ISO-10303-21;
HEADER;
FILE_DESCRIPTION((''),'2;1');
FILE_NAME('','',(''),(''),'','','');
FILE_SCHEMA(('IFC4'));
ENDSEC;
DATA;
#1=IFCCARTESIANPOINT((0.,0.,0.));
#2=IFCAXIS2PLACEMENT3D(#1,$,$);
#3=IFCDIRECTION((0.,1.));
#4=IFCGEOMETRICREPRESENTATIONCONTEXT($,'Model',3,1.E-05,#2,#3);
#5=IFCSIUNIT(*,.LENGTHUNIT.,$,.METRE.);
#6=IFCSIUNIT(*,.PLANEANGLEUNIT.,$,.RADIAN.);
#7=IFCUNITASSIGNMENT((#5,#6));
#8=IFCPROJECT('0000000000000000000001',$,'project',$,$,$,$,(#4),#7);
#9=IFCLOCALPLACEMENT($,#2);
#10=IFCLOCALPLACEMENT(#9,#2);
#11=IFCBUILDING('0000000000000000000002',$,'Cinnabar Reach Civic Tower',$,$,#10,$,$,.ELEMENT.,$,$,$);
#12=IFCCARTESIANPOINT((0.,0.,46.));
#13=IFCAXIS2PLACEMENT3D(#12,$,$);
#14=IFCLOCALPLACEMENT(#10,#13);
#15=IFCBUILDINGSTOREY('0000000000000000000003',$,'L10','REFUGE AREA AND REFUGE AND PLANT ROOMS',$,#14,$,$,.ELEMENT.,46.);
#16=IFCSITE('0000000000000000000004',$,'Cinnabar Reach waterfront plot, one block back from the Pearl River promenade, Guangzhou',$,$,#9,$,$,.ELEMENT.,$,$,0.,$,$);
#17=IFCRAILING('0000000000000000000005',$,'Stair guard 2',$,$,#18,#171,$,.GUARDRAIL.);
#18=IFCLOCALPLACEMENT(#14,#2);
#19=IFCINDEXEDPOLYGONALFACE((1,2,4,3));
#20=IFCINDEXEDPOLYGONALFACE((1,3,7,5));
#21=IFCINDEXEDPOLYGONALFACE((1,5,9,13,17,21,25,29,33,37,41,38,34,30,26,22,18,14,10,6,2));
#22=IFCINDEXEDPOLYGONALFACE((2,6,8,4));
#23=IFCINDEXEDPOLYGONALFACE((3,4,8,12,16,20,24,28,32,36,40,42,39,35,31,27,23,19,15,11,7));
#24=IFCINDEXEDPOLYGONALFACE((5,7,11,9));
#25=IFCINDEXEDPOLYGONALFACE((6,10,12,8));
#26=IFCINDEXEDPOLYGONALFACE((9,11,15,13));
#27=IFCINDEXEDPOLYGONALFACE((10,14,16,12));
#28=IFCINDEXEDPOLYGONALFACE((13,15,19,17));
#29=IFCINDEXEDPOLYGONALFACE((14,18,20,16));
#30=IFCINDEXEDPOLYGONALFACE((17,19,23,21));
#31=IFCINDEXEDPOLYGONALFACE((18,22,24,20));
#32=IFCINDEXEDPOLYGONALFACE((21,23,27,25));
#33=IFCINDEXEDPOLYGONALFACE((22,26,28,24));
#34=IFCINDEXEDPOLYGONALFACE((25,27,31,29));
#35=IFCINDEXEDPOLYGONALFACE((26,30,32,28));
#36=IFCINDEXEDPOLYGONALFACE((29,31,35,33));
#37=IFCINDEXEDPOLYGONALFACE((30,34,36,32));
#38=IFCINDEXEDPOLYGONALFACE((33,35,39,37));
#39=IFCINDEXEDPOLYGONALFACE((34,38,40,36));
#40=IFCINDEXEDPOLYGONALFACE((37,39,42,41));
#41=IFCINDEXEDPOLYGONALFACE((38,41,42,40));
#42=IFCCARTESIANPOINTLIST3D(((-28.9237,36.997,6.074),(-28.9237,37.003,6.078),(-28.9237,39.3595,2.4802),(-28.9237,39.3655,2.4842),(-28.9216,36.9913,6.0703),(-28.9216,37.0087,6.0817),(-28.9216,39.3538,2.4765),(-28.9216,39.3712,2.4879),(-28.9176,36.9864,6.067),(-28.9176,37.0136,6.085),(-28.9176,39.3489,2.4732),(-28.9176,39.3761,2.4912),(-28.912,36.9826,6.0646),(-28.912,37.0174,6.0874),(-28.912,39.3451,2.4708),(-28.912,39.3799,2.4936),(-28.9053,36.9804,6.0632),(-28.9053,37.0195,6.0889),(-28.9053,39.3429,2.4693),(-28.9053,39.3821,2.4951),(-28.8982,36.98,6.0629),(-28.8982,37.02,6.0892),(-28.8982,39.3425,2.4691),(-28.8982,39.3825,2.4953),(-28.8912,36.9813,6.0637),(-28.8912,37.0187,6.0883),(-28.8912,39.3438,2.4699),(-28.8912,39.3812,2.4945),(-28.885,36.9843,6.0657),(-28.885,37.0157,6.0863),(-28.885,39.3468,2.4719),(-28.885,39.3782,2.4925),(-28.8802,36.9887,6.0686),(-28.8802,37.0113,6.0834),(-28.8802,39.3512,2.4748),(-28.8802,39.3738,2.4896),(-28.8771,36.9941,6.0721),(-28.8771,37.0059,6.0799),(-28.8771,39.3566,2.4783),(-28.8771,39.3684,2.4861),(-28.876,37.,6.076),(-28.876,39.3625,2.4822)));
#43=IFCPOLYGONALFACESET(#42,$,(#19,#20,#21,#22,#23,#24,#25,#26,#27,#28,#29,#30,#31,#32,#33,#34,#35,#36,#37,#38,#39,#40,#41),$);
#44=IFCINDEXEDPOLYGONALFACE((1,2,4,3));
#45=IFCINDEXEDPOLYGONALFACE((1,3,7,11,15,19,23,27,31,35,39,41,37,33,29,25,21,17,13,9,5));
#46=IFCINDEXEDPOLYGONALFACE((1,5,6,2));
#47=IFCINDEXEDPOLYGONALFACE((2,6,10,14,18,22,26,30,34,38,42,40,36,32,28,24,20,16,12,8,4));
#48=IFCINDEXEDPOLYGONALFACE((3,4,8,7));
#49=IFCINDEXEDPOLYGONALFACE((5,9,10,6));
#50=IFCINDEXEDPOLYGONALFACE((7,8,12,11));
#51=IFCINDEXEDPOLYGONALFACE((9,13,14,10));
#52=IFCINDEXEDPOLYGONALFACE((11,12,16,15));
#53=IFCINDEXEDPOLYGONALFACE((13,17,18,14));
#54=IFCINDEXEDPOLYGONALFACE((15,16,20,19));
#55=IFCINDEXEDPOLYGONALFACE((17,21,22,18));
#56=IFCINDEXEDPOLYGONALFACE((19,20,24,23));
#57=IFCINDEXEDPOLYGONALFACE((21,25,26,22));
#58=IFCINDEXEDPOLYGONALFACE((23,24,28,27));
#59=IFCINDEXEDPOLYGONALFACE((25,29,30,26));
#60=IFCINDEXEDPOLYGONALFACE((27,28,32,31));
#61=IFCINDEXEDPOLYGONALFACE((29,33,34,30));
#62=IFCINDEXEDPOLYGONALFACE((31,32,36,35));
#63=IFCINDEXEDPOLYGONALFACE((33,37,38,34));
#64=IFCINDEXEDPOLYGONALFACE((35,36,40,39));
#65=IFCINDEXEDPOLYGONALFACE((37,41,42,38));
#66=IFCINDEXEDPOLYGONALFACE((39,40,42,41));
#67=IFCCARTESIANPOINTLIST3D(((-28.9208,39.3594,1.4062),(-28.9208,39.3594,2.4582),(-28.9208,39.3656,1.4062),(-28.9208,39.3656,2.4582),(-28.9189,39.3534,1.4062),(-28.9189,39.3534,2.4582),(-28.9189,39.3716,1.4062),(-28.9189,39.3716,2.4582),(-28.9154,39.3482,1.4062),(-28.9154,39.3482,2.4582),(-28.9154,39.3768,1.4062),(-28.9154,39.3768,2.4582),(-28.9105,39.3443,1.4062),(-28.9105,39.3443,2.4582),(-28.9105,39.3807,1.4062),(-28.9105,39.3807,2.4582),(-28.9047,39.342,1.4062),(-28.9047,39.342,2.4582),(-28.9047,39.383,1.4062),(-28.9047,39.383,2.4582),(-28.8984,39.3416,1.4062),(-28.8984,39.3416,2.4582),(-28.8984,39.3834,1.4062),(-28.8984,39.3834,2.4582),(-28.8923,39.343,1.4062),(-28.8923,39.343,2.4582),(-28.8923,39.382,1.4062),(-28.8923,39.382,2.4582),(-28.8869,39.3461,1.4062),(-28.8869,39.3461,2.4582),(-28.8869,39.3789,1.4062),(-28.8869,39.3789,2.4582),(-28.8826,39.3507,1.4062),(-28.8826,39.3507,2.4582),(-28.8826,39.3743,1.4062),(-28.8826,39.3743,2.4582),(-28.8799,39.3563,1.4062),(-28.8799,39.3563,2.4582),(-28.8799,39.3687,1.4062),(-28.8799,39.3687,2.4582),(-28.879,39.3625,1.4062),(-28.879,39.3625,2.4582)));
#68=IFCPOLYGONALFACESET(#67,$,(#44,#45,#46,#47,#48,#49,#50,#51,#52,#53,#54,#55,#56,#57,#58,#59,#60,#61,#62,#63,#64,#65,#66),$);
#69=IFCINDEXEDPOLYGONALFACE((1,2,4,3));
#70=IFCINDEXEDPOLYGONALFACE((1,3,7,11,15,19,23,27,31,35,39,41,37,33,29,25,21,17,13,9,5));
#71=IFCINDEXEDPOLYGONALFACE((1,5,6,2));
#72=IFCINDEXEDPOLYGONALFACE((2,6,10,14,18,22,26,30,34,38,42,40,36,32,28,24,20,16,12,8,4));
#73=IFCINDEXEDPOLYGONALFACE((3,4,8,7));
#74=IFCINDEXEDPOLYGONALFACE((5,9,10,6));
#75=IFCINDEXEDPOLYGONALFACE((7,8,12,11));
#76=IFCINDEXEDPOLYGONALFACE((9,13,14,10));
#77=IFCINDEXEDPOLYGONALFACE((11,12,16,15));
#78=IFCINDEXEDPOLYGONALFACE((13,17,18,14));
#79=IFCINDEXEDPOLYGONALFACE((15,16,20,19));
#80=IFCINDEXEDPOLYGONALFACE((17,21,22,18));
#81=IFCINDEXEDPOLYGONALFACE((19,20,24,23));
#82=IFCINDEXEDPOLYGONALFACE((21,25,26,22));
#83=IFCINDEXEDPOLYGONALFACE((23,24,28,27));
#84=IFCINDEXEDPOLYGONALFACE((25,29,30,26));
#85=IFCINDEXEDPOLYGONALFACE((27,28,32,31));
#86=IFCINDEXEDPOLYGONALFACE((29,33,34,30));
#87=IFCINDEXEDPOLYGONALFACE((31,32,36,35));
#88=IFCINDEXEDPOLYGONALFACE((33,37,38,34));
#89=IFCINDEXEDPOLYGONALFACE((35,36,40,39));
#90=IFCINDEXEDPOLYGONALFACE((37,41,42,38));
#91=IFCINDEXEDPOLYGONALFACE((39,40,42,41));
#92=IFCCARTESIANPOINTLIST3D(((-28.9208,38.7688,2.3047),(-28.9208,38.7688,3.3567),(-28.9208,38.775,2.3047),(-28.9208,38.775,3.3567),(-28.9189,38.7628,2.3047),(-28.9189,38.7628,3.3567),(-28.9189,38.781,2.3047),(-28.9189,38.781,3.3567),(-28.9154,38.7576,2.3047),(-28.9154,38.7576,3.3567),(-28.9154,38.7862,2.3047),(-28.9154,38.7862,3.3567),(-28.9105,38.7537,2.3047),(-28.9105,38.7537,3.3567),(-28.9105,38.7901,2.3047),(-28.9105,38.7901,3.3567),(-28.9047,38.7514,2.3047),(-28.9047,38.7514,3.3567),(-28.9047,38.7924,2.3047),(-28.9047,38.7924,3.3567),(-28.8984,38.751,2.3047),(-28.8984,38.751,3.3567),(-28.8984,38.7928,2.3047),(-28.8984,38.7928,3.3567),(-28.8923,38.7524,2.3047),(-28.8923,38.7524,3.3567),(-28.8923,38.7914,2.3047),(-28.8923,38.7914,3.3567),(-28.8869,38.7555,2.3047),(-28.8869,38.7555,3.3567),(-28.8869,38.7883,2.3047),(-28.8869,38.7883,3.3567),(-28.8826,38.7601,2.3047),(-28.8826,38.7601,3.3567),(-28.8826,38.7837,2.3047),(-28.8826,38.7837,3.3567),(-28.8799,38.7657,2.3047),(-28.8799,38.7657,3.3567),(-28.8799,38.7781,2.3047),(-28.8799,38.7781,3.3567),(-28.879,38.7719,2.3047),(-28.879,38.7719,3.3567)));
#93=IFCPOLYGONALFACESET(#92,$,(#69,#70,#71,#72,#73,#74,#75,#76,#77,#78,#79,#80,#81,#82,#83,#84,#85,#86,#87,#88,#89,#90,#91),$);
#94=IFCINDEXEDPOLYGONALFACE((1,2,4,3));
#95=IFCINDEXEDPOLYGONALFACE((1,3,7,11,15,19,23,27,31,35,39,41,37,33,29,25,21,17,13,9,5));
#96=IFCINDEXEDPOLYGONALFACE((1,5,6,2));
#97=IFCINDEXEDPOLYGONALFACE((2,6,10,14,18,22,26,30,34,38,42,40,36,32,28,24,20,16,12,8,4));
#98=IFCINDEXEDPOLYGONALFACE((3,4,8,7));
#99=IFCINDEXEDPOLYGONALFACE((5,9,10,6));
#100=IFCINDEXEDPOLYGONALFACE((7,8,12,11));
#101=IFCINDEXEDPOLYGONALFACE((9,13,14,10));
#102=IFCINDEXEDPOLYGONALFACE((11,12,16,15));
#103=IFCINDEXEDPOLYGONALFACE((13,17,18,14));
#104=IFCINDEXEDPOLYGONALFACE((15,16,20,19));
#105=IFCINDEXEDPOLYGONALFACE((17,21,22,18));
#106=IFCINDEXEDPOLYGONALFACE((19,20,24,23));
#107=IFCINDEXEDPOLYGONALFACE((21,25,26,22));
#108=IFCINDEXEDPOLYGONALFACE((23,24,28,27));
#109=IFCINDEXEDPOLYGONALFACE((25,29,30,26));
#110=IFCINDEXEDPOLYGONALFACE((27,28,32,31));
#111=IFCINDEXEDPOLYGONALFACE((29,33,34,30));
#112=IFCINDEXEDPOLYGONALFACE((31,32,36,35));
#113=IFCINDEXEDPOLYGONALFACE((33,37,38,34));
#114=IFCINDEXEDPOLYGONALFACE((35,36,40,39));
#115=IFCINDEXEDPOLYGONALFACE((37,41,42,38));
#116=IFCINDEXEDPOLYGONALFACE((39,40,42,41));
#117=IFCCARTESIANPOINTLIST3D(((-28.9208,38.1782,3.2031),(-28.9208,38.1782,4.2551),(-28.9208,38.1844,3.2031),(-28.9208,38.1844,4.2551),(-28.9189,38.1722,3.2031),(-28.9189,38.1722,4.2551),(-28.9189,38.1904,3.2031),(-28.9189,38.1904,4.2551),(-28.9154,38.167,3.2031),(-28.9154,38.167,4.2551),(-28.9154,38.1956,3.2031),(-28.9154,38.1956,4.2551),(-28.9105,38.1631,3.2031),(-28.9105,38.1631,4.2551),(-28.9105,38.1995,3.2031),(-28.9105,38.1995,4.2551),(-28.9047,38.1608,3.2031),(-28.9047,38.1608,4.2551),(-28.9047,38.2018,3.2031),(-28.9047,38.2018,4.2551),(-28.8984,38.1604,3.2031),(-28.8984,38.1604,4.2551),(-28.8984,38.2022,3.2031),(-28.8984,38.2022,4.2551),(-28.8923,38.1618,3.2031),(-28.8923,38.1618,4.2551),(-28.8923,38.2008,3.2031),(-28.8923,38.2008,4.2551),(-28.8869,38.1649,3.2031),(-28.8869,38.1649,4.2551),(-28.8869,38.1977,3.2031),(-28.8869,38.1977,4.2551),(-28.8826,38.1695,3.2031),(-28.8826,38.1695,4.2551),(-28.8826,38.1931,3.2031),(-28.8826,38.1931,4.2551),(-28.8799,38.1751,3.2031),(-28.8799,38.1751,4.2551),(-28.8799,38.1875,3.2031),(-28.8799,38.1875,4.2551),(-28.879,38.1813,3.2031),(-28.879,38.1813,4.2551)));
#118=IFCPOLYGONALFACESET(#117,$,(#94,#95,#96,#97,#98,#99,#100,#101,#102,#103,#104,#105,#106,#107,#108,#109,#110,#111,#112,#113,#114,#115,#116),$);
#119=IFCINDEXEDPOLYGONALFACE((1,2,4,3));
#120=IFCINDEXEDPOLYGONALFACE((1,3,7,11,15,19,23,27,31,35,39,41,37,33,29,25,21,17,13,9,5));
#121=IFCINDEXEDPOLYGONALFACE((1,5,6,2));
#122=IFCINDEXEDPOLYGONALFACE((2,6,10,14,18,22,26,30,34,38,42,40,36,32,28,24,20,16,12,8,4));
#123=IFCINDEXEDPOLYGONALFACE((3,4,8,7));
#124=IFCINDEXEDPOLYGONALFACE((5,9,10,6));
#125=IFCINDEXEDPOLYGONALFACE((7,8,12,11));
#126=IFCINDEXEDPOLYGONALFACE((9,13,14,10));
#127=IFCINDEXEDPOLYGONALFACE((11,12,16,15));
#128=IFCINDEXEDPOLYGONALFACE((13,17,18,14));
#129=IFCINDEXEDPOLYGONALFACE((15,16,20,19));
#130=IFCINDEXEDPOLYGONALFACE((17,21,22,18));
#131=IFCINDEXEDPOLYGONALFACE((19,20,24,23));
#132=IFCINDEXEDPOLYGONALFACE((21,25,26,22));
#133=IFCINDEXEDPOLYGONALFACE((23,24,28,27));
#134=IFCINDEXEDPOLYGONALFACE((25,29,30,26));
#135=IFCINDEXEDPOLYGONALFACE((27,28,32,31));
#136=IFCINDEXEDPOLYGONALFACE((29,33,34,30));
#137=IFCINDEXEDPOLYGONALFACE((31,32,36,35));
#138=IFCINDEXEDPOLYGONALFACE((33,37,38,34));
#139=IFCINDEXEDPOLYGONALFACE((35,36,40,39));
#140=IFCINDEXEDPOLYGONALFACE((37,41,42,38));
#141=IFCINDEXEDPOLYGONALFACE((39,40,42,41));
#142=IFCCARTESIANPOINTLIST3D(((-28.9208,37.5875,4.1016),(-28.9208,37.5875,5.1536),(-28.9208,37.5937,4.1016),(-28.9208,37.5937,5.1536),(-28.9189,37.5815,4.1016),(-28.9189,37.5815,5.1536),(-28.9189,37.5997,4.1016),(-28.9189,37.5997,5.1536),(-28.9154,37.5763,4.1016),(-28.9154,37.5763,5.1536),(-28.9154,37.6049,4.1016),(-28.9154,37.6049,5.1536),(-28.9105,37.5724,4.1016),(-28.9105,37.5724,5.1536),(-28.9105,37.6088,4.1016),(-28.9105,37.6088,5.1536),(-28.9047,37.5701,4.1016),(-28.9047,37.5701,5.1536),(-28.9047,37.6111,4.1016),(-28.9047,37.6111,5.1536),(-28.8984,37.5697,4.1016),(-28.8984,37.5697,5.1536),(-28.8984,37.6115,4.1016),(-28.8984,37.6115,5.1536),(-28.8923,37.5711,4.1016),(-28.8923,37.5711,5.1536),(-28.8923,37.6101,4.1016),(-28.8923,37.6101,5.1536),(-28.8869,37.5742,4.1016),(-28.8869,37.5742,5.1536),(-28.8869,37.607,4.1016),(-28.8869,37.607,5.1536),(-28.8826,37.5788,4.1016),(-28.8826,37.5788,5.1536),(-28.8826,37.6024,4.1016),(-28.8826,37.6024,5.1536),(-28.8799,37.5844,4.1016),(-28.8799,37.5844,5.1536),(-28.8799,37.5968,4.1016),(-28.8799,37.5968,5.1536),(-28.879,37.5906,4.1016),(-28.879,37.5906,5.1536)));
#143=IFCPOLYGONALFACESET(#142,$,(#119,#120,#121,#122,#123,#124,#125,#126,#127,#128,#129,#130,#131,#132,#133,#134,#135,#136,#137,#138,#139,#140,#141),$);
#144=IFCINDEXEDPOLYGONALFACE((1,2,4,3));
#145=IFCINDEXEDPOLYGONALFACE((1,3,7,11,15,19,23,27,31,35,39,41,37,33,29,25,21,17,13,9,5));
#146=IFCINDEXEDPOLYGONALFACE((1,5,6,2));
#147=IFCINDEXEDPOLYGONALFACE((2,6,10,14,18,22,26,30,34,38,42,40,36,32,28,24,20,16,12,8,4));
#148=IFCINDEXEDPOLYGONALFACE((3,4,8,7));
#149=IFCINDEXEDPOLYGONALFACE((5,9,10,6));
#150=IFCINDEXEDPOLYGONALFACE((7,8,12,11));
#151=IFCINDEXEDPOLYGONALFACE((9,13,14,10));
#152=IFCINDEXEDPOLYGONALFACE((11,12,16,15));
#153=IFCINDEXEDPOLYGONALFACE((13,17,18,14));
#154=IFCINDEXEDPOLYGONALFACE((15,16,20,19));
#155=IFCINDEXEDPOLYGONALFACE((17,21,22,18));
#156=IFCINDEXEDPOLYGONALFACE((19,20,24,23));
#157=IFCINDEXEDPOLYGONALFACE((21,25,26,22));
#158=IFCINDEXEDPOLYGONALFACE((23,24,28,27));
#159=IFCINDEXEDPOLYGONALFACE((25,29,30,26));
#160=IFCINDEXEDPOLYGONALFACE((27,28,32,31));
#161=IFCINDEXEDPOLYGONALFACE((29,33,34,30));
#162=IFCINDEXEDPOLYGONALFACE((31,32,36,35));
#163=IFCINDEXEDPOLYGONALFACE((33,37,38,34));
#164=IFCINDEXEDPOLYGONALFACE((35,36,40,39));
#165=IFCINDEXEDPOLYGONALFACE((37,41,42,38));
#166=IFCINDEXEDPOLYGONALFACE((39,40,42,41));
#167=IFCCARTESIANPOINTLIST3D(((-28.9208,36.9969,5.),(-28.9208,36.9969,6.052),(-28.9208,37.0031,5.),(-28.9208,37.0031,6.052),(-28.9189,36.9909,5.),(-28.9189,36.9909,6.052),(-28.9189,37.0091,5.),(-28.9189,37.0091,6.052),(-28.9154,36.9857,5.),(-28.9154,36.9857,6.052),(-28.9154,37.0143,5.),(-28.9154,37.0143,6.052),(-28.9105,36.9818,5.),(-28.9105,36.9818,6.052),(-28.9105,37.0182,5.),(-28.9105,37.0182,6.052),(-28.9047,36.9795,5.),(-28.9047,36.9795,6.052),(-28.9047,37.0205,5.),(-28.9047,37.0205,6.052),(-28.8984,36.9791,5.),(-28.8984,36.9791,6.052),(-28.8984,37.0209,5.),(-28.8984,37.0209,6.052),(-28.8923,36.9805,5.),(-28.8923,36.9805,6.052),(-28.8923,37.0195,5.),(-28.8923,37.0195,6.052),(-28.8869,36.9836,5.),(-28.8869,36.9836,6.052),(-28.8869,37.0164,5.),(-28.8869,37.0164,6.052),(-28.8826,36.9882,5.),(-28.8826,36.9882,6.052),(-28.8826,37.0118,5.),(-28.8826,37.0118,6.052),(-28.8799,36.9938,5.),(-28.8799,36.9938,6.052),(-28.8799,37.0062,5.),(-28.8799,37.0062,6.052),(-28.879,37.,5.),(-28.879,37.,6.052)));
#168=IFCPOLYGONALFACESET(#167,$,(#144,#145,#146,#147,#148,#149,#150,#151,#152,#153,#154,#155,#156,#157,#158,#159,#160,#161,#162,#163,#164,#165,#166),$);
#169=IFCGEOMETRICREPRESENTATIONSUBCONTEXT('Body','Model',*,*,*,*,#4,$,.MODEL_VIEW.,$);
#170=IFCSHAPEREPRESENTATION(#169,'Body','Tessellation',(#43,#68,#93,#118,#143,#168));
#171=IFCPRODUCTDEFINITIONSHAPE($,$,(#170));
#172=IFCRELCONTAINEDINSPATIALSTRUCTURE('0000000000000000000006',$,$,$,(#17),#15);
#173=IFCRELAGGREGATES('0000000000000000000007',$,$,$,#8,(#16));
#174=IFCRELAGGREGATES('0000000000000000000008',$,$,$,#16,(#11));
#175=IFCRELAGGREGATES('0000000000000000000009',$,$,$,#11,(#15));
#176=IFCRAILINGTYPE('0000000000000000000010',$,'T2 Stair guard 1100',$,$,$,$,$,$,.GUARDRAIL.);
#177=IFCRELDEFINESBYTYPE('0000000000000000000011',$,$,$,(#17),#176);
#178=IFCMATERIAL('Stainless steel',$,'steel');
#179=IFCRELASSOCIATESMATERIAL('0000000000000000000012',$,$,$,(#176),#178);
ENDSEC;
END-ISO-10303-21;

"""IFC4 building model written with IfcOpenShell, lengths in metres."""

from ifc_helpers import new_model, si_unit, direction, frame, origin, origin_2d, place, context, subcontext, project, spatial, circle, extrude, material, type_object, element, save


model = new_model("IFC4")

# Units and contexts
model_context = context("Model", 3, precision=1e-05, world=origin(), true_north=direction((0.0, 1.0)))
body_context = subcontext(model_context, "Body", "Model", "MODEL_VIEW")
ifc_project = project(units=[si_unit("LENGTHUNIT", "METRE"), si_unit("PLANEANGLEUNIT", "RADIAN")], contexts=[model_context])

# Site, building, storey
site_placement = place(None, origin())
site = spatial("IfcSite", under=ifc_project, at=site_placement, Name="Cinnabar Reach waterfront plot, one block back from the Pearl River promenade, Guangzhou", CompositionType="ELEMENT", RefElevation=0.0)
building_placement = place(site_placement, origin())
building = spatial("IfcBuilding", under=site, at=building_placement, Name="Cinnabar Reach Civic Tower", CompositionType="ELEMENT")
storey_placement = place(building_placement, frame((0.0, 0.0, 46.0)))
storey = spatial("IfcBuildingStorey", under=building, at=storey_placement, Name="L10", Description="REFUGE AREA AND REFUGE AND PLANT ROOMS", CompositionType="ELEMENT", Elevation=46.0)

# Railing
ifc_material_1 = material(Name="Stainless steel", Category="steel")
railing_type = type_object("IfcRailingType", Name="T2 Stair guard 1100", PredefinedType="GUARDRAIL", material=ifc_material_1)
railing_1_placement = place(storey_placement, frame((-28.9, 39.3625, 1.4062)))
element("IfcRailing", 1, at=railing_1_placement, inside=storey, type_object=railing_type, Name="Stair guard 2", PredefinedType="GUARDRAIL", context=body_context, shape_type="SweptSolid", body=[
    extrude(circle(Radius=0.024, at=origin_2d()), frame((0.0, 0.0, 1.076), z_axis=(0.0, -0.549318, 0.835614), x_axis=(1.0, 0.0, 0.0)), (0.0, 0.0, 1.0), 4.3008),
    extrude(circle(Radius=0.021, at=origin_2d()), origin(), (0.0, 0.0, 1.0), 1.052),
    extrude(circle(Radius=0.021, at=origin_2d()), frame((0.0, -0.5906, 0.8985)), (0.0, 0.0, 1.0), 1.052),
    extrude(circle(Radius=0.021, at=origin_2d()), frame((0.0, -1.1812, 1.7969)), (0.0, 0.0, 1.0), 1.052),
    extrude(circle(Radius=0.021, at=origin_2d()), frame((0.0, -1.7719, 2.6954)), (0.0, 0.0, 1.0), 1.052),
    extrude(circle(Radius=0.021, at=origin_2d()), frame((0.0, -2.3625, 3.5938)), (0.0, 0.0, 1.0), 1.052),
])

save(model, "model.ifc")
